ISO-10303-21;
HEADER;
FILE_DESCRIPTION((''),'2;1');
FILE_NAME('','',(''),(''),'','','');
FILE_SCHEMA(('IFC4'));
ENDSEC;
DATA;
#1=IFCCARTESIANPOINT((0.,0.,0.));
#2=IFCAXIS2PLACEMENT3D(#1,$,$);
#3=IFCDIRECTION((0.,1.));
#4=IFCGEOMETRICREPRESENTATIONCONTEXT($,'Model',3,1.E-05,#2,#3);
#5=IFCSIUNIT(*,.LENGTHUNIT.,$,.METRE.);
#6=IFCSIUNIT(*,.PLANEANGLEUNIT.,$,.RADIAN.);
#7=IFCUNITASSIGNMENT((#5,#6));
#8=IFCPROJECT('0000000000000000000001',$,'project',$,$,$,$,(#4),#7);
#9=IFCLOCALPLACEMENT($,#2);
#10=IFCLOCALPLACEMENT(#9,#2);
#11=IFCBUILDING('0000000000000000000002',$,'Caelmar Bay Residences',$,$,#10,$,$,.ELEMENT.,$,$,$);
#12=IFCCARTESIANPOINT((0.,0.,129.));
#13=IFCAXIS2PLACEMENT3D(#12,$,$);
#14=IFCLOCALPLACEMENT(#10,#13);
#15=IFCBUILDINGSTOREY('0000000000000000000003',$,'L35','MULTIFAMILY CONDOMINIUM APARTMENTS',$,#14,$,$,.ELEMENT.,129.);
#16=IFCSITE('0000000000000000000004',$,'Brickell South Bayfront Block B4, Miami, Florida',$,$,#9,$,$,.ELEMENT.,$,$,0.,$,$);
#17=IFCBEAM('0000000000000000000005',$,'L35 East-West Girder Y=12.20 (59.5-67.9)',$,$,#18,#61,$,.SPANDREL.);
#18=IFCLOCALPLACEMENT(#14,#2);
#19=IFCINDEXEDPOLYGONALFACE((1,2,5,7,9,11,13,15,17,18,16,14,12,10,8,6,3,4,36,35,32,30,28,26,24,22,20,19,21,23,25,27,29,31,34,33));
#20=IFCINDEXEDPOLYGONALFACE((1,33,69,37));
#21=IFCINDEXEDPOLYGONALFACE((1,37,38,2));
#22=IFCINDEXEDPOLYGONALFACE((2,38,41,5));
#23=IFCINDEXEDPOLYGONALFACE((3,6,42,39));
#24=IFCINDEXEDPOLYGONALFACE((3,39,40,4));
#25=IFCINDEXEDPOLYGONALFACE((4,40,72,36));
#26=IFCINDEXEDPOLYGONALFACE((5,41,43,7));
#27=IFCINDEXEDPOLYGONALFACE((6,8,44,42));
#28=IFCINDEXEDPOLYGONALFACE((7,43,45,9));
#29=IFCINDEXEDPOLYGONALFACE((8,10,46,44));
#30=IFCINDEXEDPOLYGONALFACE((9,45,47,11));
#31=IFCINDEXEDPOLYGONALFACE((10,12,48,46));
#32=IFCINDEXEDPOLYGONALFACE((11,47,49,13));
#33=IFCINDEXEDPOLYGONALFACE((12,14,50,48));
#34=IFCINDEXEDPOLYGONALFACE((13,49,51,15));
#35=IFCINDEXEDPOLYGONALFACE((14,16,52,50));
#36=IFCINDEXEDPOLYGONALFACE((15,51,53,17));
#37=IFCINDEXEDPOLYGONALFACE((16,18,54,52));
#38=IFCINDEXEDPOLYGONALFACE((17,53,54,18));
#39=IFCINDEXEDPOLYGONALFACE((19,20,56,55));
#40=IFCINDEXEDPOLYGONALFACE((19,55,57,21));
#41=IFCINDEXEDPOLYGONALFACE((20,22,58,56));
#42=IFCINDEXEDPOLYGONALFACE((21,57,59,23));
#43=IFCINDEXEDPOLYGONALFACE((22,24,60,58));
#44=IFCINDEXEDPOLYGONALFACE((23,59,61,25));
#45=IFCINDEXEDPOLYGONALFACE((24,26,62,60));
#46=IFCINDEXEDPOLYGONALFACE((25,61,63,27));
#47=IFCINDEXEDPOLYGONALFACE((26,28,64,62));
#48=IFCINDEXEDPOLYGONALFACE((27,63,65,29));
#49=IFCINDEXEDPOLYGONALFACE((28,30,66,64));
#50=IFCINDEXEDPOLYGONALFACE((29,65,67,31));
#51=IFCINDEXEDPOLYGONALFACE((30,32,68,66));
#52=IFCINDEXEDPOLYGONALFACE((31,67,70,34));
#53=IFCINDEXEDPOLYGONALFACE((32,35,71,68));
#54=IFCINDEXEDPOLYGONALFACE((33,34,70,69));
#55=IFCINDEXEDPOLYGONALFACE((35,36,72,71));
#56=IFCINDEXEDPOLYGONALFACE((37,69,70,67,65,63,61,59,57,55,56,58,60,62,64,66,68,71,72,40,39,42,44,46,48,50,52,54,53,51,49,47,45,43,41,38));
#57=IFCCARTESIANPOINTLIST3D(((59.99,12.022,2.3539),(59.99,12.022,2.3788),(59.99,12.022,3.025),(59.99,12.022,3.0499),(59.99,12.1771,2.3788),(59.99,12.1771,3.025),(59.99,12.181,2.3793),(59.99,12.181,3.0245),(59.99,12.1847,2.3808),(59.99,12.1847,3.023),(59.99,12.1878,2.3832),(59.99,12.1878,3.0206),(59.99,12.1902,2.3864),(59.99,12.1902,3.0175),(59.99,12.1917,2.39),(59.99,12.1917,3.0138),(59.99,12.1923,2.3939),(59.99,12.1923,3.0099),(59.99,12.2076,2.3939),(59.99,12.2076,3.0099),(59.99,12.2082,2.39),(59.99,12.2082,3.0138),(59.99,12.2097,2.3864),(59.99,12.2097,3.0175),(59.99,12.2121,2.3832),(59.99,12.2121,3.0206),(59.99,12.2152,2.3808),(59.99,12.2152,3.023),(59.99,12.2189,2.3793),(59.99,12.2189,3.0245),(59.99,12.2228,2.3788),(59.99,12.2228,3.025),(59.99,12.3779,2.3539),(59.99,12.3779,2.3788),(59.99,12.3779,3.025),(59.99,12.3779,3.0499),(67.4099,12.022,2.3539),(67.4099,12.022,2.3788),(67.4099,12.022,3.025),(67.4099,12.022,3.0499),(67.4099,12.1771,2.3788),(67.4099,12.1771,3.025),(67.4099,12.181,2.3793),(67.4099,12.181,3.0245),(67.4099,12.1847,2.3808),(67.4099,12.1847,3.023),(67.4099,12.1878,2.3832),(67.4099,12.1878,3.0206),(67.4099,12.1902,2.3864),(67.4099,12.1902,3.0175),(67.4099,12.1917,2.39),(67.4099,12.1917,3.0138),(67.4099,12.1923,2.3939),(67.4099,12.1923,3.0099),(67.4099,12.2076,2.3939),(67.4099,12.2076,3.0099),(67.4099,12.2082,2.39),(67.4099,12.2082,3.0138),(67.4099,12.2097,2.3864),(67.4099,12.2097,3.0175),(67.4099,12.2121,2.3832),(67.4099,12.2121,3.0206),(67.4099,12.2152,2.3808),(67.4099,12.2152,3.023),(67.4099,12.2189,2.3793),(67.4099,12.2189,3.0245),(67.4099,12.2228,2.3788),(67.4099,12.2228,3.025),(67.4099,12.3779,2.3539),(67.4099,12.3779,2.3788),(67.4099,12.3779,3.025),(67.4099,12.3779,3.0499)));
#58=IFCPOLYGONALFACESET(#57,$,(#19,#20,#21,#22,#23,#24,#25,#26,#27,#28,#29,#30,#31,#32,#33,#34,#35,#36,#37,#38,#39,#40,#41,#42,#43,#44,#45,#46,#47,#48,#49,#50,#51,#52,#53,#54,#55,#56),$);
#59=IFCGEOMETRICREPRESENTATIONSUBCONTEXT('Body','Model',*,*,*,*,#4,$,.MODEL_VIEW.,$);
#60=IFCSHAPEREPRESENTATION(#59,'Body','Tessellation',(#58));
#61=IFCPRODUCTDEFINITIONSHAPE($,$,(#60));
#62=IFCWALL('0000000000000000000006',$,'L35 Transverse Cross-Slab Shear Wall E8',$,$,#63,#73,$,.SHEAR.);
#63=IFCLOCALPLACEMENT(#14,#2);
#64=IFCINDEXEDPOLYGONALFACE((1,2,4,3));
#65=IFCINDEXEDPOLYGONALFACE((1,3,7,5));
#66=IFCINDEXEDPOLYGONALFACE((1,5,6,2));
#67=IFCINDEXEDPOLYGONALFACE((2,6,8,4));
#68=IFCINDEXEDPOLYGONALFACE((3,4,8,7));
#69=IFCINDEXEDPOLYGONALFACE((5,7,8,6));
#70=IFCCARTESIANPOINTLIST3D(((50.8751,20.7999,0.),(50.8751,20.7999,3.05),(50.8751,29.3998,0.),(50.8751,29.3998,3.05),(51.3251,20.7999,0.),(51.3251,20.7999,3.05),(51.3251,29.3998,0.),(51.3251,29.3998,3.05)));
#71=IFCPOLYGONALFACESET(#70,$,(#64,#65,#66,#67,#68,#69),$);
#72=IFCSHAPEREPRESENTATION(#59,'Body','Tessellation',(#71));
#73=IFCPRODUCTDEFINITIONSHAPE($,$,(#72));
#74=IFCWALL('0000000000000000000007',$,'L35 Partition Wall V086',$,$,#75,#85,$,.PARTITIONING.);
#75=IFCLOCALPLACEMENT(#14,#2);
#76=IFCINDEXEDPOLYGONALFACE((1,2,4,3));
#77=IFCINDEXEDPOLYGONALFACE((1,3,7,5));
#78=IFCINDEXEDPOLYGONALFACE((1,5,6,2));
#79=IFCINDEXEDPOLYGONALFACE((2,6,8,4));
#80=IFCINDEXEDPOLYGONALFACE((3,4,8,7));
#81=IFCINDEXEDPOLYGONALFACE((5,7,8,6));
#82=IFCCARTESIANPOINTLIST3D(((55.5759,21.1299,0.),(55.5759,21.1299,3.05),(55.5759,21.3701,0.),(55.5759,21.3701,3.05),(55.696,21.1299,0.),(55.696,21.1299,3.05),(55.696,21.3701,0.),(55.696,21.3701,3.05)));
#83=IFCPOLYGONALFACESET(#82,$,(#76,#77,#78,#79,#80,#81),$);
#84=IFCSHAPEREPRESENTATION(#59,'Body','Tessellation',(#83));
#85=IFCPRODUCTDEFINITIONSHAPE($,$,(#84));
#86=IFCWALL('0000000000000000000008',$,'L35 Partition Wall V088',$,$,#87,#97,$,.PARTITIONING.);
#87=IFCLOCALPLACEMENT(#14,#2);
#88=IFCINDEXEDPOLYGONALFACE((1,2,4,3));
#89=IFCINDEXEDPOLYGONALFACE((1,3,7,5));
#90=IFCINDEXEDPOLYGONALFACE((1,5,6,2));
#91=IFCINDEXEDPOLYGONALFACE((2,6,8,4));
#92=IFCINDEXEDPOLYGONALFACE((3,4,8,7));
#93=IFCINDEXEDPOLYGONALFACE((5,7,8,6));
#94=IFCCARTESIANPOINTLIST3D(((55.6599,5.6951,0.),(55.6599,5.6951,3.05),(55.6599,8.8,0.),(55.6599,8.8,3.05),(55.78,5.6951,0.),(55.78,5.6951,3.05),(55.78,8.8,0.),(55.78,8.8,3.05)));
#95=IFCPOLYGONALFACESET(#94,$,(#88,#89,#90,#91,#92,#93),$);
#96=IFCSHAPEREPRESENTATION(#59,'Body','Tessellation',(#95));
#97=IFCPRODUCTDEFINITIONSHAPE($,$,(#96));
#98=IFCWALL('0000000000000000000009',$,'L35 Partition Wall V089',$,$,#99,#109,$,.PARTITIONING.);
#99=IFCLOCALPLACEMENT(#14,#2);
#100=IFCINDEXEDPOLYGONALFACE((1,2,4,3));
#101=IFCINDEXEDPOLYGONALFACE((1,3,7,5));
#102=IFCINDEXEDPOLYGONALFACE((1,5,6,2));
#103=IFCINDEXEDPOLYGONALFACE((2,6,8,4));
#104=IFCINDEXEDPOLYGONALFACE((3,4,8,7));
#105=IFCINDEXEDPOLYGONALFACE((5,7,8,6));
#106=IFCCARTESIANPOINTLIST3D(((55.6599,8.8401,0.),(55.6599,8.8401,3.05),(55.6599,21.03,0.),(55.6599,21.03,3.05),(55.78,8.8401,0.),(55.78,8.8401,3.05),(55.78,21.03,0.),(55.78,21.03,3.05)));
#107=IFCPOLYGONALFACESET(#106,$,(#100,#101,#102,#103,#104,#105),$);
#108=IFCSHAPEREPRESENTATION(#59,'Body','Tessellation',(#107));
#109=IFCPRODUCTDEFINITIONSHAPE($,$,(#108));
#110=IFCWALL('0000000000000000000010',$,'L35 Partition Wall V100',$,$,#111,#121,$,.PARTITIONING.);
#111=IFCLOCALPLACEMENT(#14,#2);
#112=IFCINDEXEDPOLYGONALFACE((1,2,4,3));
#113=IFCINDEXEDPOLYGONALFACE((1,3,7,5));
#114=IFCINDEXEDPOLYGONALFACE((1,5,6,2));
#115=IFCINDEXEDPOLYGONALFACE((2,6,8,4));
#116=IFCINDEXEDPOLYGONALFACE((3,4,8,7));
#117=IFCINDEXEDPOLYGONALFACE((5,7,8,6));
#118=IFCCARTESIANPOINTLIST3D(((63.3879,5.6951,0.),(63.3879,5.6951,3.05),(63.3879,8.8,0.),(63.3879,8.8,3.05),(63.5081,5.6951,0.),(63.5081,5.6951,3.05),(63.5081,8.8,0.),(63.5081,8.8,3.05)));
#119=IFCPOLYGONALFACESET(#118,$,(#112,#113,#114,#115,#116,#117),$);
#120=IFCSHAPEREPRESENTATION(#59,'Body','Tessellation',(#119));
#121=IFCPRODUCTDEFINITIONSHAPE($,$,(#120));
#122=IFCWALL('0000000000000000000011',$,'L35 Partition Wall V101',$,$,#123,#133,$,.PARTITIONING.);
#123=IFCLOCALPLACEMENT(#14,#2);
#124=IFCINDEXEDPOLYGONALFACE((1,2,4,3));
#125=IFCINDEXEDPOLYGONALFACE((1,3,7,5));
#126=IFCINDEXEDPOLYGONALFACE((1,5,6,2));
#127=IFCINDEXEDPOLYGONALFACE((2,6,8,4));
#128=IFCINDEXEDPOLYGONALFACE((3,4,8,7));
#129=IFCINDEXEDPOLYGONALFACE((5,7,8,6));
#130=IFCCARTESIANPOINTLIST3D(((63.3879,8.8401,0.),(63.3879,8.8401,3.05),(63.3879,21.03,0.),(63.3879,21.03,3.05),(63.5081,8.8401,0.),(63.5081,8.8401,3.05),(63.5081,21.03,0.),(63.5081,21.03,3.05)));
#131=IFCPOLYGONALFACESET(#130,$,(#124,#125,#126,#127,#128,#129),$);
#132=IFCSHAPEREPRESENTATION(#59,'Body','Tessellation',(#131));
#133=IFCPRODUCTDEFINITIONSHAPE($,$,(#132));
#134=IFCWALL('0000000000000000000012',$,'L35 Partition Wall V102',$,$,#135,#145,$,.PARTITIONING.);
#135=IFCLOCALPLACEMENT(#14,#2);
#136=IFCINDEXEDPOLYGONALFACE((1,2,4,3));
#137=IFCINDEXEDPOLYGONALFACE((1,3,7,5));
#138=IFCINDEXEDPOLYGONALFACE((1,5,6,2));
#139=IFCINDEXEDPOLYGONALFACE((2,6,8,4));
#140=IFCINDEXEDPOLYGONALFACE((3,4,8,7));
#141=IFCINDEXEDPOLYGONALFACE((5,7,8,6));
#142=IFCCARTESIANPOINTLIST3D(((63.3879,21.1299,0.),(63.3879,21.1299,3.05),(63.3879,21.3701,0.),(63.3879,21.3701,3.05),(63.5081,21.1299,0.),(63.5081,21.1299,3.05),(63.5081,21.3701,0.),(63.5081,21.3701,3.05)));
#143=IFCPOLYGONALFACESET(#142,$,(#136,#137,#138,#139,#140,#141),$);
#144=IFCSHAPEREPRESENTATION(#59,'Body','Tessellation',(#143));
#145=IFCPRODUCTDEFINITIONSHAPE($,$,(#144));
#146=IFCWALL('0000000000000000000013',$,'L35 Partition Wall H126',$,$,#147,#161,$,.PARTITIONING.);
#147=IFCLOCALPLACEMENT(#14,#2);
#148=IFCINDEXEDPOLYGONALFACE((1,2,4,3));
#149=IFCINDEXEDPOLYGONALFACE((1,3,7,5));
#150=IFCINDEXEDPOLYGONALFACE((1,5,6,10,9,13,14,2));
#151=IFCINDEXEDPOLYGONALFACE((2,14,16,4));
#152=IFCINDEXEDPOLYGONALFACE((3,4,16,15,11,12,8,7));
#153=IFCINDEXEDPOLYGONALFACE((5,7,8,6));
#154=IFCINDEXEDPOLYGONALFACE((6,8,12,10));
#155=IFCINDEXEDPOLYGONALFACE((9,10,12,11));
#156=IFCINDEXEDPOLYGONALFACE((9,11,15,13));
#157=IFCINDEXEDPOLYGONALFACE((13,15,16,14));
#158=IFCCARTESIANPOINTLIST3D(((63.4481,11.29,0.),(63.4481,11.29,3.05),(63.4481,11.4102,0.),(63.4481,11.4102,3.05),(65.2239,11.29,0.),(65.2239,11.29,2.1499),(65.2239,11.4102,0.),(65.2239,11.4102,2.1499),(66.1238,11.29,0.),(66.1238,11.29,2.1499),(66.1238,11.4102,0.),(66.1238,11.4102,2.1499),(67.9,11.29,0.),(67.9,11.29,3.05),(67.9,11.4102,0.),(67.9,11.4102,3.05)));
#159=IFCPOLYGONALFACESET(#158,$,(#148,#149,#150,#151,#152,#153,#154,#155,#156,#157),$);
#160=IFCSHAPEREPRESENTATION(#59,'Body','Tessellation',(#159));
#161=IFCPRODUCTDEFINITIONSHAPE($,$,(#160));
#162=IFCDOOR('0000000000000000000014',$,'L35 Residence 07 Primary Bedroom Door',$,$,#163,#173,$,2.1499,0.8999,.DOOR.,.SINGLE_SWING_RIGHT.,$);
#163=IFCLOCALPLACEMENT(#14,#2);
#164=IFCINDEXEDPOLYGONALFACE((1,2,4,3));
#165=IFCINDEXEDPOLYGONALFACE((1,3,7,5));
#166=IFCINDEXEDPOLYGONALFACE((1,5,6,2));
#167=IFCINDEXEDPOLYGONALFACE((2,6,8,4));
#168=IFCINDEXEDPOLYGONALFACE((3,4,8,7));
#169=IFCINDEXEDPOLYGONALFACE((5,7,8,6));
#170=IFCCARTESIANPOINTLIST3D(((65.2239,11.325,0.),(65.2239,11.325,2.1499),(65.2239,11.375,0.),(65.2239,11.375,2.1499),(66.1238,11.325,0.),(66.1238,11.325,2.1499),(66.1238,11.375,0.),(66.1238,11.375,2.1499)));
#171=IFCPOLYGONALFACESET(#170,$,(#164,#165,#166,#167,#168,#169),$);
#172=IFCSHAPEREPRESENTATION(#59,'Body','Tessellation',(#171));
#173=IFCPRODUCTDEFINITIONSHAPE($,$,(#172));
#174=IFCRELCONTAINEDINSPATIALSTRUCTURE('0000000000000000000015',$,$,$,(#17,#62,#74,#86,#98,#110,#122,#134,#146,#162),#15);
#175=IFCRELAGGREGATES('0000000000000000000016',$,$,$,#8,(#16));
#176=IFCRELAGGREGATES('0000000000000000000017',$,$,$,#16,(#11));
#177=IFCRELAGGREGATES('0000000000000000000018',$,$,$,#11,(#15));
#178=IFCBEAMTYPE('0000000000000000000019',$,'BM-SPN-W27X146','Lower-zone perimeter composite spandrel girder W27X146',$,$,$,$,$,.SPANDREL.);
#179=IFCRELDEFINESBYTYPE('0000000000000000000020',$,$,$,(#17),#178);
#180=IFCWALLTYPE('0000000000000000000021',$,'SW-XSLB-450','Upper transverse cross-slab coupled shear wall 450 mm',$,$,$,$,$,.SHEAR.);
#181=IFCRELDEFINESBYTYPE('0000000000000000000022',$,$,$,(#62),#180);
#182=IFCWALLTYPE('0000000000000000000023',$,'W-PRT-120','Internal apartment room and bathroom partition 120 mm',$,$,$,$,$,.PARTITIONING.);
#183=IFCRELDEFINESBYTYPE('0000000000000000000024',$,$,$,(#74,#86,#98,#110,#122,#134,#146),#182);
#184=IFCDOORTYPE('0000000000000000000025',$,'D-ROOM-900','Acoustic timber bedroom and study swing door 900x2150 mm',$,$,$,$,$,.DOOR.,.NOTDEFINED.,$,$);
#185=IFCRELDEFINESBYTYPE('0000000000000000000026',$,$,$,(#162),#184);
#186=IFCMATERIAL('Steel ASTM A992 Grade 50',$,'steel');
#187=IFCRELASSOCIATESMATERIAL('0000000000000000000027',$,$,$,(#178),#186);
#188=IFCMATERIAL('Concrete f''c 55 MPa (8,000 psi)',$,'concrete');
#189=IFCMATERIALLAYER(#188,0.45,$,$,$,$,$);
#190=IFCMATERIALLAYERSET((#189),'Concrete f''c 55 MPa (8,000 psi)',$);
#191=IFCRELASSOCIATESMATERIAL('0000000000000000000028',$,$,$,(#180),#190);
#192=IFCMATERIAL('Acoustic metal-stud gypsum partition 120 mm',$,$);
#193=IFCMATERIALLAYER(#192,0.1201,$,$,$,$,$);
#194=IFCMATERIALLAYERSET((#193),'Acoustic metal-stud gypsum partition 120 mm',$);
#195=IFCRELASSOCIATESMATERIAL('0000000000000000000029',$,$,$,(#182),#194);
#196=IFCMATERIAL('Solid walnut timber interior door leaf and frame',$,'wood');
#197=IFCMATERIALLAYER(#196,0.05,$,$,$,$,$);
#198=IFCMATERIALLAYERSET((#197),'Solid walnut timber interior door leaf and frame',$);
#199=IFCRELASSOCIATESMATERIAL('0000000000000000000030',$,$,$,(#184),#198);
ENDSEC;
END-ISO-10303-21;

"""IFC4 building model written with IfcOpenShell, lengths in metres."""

from ifc_helpers import new_model, si_unit, direction, frame, frame_2d, origin, origin_2d, place, context, subcontext, project, spatial, rectangle, i_section, extrude, material, layer, layer_set, material_profile, profile_set, type_object, element, fill, save


model = new_model("IFC4")

# Units and contexts
model_context = context("Model", 3, precision=1e-05, world=origin(), true_north=direction((0.0, 1.0)))
body_context = subcontext(model_context, "Body", "Model", "MODEL_VIEW")
ifc_project = project(units=[si_unit("LENGTHUNIT", "METRE"), si_unit("PLANEANGLEUNIT", "RADIAN")], contexts=[model_context])

# Site, building, storey
site_placement = place(None, origin())
site = spatial("IfcSite", under=ifc_project, at=site_placement, Name="Brickell South Bayfront Block B4, Miami, Florida", CompositionType="ELEMENT", RefElevation=0.0)
building_placement = place(site_placement, origin())
building = spatial("IfcBuilding", under=site, at=building_placement, Name="Caelmar Bay Residences", CompositionType="ELEMENT")
storey_placement = place(building_placement, frame((0.0, 0.0, 129.0)))
storey = spatial("IfcBuildingStorey", under=building, at=storey_placement, Name="L35", Description="MULTIFAMILY CONDOMINIUM APARTMENTS", CompositionType="ELEMENT", Elevation=129.0)

# Beam
ifc_material_1 = material(Name="Steel ASTM A992 Grade 50", Category="steel")
ifc_material_profile_1 = material_profile(ifc_material_1, i_section(OverallWidth=0.356, OverallDepth=0.696, WebThickness=0.0154, FlangeThickness=0.0249, FilletRadius=0.0151, at=origin_2d()), Name="W27X146")
ifc_profile_set_1 = profile_set([ifc_material_profile_1], Name="Steel ASTM A992 Grade 50")
beam_type_1 = type_object("IfcBeamType", Name="BM-SPN-W27X146", Description="Lower-zone perimeter composite spandrel girder W27X146", PredefinedType="SPANDREL", material=ifc_profile_set_1)
for number, where, z_axis, x_axis, name in (
    (1, (59.99, 12.2, 2.7019), (1.0, 0.0, 0.0), (0.0, 1.0, 0.0), "L35 East-West Girder Y=12.20 (59.5-67.9)"),
):
    element("IfcBeam", number, at=place(storey_placement, frame(where, z_axis=z_axis, x_axis=x_axis)), inside=storey, type_object=beam_type_1, Name=name, PredefinedType="SPANDREL", context=body_context, shape_type="SweptSolid", body=[
        extrude(i_section(OverallWidth=0.356, OverallDepth=0.696, WebThickness=0.0154, FlangeThickness=0.0249, FilletRadius=0.0151, at=origin_2d()), origin(), (0.0, 0.0, 1.0), 7.4199),
    ])

# Walls
ifc_material_2 = material(Name="Concrete f'c 55 MPa (8,000 psi)", Category="concrete")
ifc_layer_1 = layer(ifc_material_2, 0.45)
ifc_layer_set_1 = layer_set([ifc_layer_1], Name="Concrete f'c 55 MPa (8,000 psi)")
wall_type_1 = type_object("IfcWallType", Name="SW-XSLB-450", Description="Upper transverse cross-slab coupled shear wall 450 mm", PredefinedType="SHEAR", material=ifc_layer_set_1)
wall_1_placement = place(storey_placement, frame((51.1001, 20.8, 0.0), z_axis=(0.0, 0.0, 1.0), x_axis=(0.0, 1.0, 0.0)))
element("IfcWall", 2, at=wall_1_placement, inside=storey, type_object=wall_type_1, Name="L35 Transverse Cross-Slab Shear Wall E8", PredefinedType="SHEAR", context=body_context, shape_type="SweptSolid", body=[
    extrude(rectangle(XDim=8.5999, YDim=0.45, at=frame_2d((4.2998, 0.0))), origin(), (0.0, 0.0, 1.0), 3.05),
])
ifc_material_3 = material(Name="Acoustic metal-stud gypsum partition 120 mm")
ifc_layer_2 = layer(ifc_material_3, 0.1201)
ifc_layer_set_2 = layer_set([ifc_layer_2], Name="Acoustic metal-stud gypsum partition 120 mm")
wall_type_2 = type_object("IfcWallType", Name="W-PRT-120", Description="Internal apartment room and bathroom partition 120 mm", PredefinedType="PARTITIONING", material=ifc_layer_set_2)
wall_2_placement = place(storey_placement, frame((55.636, 21.1299, 0.0), z_axis=(0.0, 0.0, 1.0), x_axis=(0.0, 1.0, 0.0)))
element("IfcWall", 3, at=wall_2_placement, inside=storey, type_object=wall_type_2, Name="L35 Partition Wall V086", PredefinedType="PARTITIONING", context=body_context, shape_type="SweptSolid", body=[
    extrude(rectangle(XDim=0.2402, YDim=0.1201, at=frame_2d((0.1201, 0.0))), origin(), (0.0, 0.0, 1.0), 3.05),
])
wall_3_placement = place(storey_placement, frame((55.72, 5.6951, 0.0), z_axis=(0.0, 0.0, 1.0), x_axis=(0.0, 1.0, 0.0)))
element("IfcWall", 4, at=wall_3_placement, inside=storey, type_object=wall_type_2, Name="L35 Partition Wall V088", PredefinedType="PARTITIONING", context=body_context, shape_type="SweptSolid", body=[
    extrude(rectangle(XDim=3.105, YDim=0.1201, at=frame_2d((1.5525, 0.0))), origin(), (0.0, 0.0, 1.0), 3.05),
])
wall_4_placement = place(storey_placement, frame((55.72, 8.8401, 0.0), z_axis=(0.0, 0.0, 1.0), x_axis=(0.0, 1.0, 0.0)))
element("IfcWall", 5, at=wall_4_placement, inside=storey, type_object=wall_type_2, Name="L35 Partition Wall V089", PredefinedType="PARTITIONING", context=body_context, shape_type="SweptSolid", body=[
    extrude(rectangle(XDim=12.1899, YDim=0.1201, at=frame_2d((6.095, 0.0))), origin(), (0.0, 0.0, 1.0), 3.05),
])
wall_5_placement = place(storey_placement, frame((63.448, 5.6951, 0.0), z_axis=(0.0, 0.0, 1.0), x_axis=(0.0, 1.0, 0.0)))
element("IfcWall", 6, at=wall_5_placement, inside=storey, type_object=wall_type_2, Name="L35 Partition Wall V100", PredefinedType="PARTITIONING", context=body_context, shape_type="SweptSolid", body=[
    extrude(rectangle(XDim=3.105, YDim=0.1201, at=frame_2d((1.5525, 0.0))), origin(), (0.0, 0.0, 1.0), 3.05),
])
wall_6_placement = place(storey_placement, frame((63.448, 8.8401, 0.0), z_axis=(0.0, 0.0, 1.0), x_axis=(0.0, 1.0, 0.0)))
element("IfcWall", 7, at=wall_6_placement, inside=storey, type_object=wall_type_2, Name="L35 Partition Wall V101", PredefinedType="PARTITIONING", context=body_context, shape_type="SweptSolid", body=[
    extrude(rectangle(XDim=12.1899, YDim=0.1201, at=frame_2d((6.095, 0.0))), origin(), (0.0, 0.0, 1.0), 3.05),
])
wall_7_placement = place(storey_placement, frame((63.448, 21.1299, 0.0), z_axis=(0.0, 0.0, 1.0), x_axis=(0.0, 1.0, 0.0)))
element("IfcWall", 8, at=wall_7_placement, inside=storey, type_object=wall_type_2, Name="L35 Partition Wall V102", PredefinedType="PARTITIONING", context=body_context, shape_type="SweptSolid", body=[
    extrude(rectangle(XDim=0.2402, YDim=0.1201, at=frame_2d((0.1201, 0.0))), origin(), (0.0, 0.0, 1.0), 3.05),
])

# Wall, opening, door
ifc_material_4 = material(Name="Solid walnut timber interior door leaf and frame", Category="wood")
ifc_layer_3 = layer(ifc_material_4, 0.05)
ifc_layer_set_3 = layer_set([ifc_layer_3], Name="Solid walnut timber interior door leaf and frame")
door_type = type_object("IfcDoorType", Name="D-ROOM-900", Description="Acoustic timber bedroom and study swing door 900x2150 mm", OperationType="NOTDEFINED", PredefinedType="DOOR", material=ifc_layer_set_3)
wall_8_placement = place(storey_placement, frame((63.448, 11.3501, 0.0), z_axis=(0.0, 0.0, 1.0), x_axis=(1.0, 0.0, 0.0)))
wall_8 = element("IfcWall", 9, at=wall_8_placement, inside=storey, type_object=wall_type_2, Name="L35 Partition Wall H126", PredefinedType="PARTITIONING", context=body_context, shape_type="SweptSolid", body=[
    extrude(rectangle(XDim=4.4519, YDim=0.1201, at=frame_2d((2.2261, 0.0))), origin(), (0.0, 0.0, 1.0), 3.05),
])
opening_1_placement = place(wall_8_placement, frame((1.7759, 0.0, 0.0)))
opening_1 = element("IfcOpeningElement", 10, at=opening_1_placement, cuts=wall_8, PredefinedType="OPENING", context=body_context, shape_type="SweptSolid", body=[
    extrude(rectangle(XDim=0.8999, YDim=2.1499, at=frame_2d((0.45, 1.075))), frame((0.0, 0.0701, 0.0), z_axis=(0.0, -1.0, 0.0), x_axis=(1.0, 0.0, 0.0)), (0.0, 0.0, 1.0), 0.1401),
])
door_1_placement = place(opening_1_placement, origin())
door_1 = element("IfcDoor", 11, at=door_1_placement, inside=storey, type_object=door_type, Name="L35 Residence 07 Primary Bedroom Door", OperationType="SINGLE_SWING_RIGHT", OverallHeight=2.1499, OverallWidth=0.8999, PredefinedType="DOOR", context=body_context, shape_type="SweptSolid", body=[
    extrude(rectangle(XDim=0.8999, YDim=2.1499, at=frame_2d((0.45, 1.075))), frame((0.0, 0.0249, 0.0), z_axis=(0.0, -1.0, 0.0), x_axis=(1.0, 0.0, 0.0)), (0.0, 0.0, 1.0), 0.05),
])
fill(opening_1, door_1)

save(model, "model.ifc")
